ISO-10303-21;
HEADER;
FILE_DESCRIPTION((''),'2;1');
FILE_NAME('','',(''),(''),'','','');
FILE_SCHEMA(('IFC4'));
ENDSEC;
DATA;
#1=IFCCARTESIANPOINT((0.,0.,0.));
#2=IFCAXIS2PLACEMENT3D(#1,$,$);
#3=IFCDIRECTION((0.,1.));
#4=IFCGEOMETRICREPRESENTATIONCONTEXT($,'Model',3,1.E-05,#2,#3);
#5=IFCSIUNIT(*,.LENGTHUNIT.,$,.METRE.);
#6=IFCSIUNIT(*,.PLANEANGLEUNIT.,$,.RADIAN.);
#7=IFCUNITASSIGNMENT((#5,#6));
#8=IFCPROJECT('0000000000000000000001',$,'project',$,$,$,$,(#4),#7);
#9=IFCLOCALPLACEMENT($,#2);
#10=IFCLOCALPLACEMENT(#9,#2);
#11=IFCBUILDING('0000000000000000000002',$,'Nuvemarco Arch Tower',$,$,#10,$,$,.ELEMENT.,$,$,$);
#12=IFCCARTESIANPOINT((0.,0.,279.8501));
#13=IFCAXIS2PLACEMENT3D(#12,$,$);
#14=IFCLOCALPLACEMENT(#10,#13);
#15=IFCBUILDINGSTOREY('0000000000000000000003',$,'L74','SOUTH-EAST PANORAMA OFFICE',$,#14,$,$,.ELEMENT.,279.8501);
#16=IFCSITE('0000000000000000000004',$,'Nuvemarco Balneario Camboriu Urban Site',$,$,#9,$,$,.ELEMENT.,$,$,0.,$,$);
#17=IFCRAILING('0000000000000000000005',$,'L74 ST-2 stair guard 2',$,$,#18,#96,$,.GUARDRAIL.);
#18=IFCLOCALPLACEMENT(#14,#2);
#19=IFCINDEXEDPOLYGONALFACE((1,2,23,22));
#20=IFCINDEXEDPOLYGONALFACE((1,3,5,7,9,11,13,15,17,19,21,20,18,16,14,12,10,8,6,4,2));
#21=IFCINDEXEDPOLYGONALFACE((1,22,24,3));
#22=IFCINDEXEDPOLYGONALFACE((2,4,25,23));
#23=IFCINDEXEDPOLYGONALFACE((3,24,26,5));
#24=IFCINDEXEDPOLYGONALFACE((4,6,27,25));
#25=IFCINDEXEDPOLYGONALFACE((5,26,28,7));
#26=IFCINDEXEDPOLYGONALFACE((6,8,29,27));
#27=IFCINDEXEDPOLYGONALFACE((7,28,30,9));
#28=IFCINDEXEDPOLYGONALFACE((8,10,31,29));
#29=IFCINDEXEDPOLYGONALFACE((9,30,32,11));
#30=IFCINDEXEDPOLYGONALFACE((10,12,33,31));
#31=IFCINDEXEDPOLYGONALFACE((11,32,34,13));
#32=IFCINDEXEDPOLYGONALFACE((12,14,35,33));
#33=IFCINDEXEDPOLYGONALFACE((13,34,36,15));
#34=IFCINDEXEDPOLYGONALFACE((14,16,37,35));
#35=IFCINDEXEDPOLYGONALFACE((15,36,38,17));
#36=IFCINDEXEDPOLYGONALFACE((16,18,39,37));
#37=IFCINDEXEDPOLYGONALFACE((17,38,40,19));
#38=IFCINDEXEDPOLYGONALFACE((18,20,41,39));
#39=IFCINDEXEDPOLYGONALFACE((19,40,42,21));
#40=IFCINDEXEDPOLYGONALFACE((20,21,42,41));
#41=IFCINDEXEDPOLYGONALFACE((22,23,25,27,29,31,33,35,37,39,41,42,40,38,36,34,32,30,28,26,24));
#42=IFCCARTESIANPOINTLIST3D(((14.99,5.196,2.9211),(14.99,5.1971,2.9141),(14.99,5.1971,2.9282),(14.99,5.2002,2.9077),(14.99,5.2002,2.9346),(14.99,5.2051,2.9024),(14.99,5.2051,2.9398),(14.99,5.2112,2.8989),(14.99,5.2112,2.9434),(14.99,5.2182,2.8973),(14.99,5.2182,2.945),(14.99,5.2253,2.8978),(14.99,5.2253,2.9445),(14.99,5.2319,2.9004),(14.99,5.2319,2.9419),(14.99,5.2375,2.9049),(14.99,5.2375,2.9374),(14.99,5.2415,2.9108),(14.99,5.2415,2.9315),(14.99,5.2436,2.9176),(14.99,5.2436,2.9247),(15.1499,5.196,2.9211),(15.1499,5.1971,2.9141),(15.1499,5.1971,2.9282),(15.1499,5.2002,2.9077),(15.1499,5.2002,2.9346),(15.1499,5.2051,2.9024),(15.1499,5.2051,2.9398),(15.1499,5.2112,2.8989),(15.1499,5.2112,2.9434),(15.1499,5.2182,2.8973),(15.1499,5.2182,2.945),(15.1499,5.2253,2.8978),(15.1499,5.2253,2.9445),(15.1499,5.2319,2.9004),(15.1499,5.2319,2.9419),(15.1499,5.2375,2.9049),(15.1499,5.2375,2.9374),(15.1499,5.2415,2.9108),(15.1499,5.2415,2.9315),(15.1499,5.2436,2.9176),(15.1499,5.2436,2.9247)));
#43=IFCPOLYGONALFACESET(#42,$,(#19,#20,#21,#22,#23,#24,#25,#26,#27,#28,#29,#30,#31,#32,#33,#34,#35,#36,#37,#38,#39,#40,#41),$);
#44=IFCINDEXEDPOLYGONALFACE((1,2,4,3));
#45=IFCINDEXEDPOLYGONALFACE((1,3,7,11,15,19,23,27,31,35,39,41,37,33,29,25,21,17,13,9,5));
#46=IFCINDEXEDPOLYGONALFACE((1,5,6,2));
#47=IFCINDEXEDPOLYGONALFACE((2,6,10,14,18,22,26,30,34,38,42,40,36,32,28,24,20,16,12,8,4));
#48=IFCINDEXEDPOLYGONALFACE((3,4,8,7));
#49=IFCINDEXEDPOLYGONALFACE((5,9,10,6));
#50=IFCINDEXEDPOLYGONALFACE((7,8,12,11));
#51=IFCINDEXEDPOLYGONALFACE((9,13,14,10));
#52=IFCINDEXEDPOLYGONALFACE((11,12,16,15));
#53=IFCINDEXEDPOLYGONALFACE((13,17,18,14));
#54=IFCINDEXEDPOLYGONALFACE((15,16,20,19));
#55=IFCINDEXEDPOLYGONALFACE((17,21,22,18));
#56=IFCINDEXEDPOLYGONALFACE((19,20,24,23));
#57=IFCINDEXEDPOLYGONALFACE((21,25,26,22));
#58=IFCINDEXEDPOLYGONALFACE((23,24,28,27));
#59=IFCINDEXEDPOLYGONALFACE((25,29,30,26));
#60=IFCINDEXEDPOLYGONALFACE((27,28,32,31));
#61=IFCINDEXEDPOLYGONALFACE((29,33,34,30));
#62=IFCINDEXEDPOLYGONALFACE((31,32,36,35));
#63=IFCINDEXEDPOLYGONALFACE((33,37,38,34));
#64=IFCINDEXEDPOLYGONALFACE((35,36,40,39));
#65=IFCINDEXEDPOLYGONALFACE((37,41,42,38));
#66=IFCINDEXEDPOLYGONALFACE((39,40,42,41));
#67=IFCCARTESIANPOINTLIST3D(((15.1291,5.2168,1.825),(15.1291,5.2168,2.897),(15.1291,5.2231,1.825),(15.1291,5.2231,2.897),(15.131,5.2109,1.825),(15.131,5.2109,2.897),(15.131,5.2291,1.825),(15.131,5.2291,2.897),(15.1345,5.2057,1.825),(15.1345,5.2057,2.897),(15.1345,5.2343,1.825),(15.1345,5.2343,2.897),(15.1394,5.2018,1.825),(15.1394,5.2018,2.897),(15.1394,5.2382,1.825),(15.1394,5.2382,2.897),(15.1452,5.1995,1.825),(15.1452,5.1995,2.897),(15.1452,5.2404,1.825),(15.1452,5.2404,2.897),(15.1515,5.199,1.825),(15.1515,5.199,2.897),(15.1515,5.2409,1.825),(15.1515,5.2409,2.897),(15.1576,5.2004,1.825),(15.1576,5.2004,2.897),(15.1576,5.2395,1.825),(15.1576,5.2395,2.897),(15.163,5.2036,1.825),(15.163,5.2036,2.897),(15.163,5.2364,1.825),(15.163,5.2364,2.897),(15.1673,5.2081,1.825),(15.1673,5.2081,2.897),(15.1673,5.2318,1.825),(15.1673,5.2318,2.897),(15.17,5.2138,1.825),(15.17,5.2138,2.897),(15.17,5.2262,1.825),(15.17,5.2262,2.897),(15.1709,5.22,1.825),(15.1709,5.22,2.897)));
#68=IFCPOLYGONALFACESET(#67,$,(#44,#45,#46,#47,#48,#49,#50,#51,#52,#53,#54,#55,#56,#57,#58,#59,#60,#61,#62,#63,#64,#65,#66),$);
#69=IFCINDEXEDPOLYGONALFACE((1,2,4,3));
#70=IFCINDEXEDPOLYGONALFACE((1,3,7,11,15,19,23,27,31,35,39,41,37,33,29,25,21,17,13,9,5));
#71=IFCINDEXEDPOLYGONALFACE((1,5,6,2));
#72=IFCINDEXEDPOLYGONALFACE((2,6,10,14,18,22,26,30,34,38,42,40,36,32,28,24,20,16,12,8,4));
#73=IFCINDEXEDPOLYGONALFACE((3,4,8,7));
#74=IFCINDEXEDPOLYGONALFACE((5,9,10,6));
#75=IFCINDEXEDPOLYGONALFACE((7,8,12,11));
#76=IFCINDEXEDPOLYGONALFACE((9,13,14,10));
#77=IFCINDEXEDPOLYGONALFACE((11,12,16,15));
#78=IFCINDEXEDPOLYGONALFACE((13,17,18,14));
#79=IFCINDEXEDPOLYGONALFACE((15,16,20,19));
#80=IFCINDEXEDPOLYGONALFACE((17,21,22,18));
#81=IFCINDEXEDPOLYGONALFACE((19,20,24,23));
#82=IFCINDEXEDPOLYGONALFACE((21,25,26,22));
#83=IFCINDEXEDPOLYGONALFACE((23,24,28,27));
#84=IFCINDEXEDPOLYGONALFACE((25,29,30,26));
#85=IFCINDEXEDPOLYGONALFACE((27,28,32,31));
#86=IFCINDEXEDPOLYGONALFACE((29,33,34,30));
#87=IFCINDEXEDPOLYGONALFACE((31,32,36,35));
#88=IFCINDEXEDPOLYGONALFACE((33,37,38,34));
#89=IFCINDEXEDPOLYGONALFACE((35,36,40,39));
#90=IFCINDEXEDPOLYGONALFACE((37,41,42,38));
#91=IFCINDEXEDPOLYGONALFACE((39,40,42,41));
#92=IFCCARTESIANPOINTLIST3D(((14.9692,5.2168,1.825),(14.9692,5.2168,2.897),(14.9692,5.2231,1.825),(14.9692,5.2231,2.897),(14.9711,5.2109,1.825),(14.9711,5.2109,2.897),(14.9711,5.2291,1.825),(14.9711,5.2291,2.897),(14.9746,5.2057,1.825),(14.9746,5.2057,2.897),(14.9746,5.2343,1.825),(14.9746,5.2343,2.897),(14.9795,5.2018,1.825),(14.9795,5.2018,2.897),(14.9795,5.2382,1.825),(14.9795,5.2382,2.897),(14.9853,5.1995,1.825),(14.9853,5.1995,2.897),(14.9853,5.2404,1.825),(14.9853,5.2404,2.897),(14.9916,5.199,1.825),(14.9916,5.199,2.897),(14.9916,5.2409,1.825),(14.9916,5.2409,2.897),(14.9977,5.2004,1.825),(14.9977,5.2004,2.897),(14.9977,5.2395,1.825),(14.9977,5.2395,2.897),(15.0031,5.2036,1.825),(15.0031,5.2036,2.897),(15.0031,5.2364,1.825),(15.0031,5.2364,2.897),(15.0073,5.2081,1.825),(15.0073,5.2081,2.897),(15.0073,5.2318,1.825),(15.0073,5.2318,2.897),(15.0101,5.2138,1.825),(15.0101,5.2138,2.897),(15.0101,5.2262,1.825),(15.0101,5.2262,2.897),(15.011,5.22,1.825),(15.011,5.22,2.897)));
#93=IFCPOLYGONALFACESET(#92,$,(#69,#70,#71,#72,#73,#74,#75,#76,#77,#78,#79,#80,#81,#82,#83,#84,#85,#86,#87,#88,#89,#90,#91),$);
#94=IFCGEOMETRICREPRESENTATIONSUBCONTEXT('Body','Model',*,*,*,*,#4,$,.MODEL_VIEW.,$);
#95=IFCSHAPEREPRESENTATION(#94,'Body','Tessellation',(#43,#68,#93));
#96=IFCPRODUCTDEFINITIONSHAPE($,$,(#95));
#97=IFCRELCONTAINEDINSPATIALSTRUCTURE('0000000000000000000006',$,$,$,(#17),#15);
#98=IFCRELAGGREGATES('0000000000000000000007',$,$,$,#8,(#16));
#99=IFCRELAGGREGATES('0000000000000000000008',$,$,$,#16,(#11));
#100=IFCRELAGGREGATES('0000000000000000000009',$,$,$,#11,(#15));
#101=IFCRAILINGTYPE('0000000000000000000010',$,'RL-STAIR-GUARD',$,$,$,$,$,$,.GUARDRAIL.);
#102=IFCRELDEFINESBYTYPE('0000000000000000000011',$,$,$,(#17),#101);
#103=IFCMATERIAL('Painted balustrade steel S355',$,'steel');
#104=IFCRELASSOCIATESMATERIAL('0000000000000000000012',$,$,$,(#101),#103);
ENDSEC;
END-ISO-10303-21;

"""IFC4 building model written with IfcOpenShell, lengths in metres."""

from ifc_helpers import new_model, si_unit, direction, frame, origin, origin_2d, place, context, subcontext, project, spatial, circle, extrude, material, type_object, element, save


model = new_model("IFC4")

# Units and contexts
model_context = context("Model", 3, precision=1e-05, world=origin(), true_north=direction((0.0, 1.0)))
body_context = subcontext(model_context, "Body", "Model", "MODEL_VIEW")
ifc_project = project(units=[si_unit("LENGTHUNIT", "METRE"), si_unit("PLANEANGLEUNIT", "RADIAN")], contexts=[model_context])

# Site, building, storey
site_placement = place(None, origin())
site = spatial("IfcSite", under=ifc_project, at=site_placement, Name="Nuvemarco Balneario Camboriu Urban Site", CompositionType="ELEMENT", RefElevation=0.0)
building_placement = place(site_placement, origin())
building = spatial("IfcBuilding", under=site, at=building_placement, Name="Nuvemarco Arch Tower", CompositionType="ELEMENT")
storey_placement = place(building_placement, frame((0.0, 0.0, 279.8501)))
storey = spatial("IfcBuildingStorey", under=building, at=storey_placement, Name="L74", Description="SOUTH-EAST PANORAMA OFFICE", CompositionType="ELEMENT", Elevation=279.8501)

# Railing
ifc_material_1 = material(Name="Painted balustrade steel S355", Category="steel")
railing_type_1 = type_object("IfcRailingType", Name="RL-STAIR-GUARD", PredefinedType="GUARDRAIL", material=ifc_material_1)
railing_1_placement = place(storey_placement, frame((15.1499, 5.22, 1.825)))
element("IfcRailing", 1, at=railing_1_placement, inside=storey, type_object=railing_type_1, Name="L74 ST-2 stair guard 2", PredefinedType="GUARDRAIL", context=body_context, shape_type="SweptSolid", body=[
    extrude(circle(Radius=0.0239, at=origin_2d()), frame((0.0, 0.0, 1.0962), z_axis=(-1.0, 0.0, 0.0), x_axis=(0.0, -1.0, 0.0)), (0.0, 0.0, 1.0), 0.1599),
    extrude(circle(Radius=0.021, at=origin_2d()), origin(), (0.0, 0.0, 1.0), 1.072),
    extrude(circle(Radius=0.021, at=origin_2d()), frame((-0.1599, 0.0, 0.0)), (0.0, 0.0, 1.0), 1.072),
])

save(model, "model.ifc")
